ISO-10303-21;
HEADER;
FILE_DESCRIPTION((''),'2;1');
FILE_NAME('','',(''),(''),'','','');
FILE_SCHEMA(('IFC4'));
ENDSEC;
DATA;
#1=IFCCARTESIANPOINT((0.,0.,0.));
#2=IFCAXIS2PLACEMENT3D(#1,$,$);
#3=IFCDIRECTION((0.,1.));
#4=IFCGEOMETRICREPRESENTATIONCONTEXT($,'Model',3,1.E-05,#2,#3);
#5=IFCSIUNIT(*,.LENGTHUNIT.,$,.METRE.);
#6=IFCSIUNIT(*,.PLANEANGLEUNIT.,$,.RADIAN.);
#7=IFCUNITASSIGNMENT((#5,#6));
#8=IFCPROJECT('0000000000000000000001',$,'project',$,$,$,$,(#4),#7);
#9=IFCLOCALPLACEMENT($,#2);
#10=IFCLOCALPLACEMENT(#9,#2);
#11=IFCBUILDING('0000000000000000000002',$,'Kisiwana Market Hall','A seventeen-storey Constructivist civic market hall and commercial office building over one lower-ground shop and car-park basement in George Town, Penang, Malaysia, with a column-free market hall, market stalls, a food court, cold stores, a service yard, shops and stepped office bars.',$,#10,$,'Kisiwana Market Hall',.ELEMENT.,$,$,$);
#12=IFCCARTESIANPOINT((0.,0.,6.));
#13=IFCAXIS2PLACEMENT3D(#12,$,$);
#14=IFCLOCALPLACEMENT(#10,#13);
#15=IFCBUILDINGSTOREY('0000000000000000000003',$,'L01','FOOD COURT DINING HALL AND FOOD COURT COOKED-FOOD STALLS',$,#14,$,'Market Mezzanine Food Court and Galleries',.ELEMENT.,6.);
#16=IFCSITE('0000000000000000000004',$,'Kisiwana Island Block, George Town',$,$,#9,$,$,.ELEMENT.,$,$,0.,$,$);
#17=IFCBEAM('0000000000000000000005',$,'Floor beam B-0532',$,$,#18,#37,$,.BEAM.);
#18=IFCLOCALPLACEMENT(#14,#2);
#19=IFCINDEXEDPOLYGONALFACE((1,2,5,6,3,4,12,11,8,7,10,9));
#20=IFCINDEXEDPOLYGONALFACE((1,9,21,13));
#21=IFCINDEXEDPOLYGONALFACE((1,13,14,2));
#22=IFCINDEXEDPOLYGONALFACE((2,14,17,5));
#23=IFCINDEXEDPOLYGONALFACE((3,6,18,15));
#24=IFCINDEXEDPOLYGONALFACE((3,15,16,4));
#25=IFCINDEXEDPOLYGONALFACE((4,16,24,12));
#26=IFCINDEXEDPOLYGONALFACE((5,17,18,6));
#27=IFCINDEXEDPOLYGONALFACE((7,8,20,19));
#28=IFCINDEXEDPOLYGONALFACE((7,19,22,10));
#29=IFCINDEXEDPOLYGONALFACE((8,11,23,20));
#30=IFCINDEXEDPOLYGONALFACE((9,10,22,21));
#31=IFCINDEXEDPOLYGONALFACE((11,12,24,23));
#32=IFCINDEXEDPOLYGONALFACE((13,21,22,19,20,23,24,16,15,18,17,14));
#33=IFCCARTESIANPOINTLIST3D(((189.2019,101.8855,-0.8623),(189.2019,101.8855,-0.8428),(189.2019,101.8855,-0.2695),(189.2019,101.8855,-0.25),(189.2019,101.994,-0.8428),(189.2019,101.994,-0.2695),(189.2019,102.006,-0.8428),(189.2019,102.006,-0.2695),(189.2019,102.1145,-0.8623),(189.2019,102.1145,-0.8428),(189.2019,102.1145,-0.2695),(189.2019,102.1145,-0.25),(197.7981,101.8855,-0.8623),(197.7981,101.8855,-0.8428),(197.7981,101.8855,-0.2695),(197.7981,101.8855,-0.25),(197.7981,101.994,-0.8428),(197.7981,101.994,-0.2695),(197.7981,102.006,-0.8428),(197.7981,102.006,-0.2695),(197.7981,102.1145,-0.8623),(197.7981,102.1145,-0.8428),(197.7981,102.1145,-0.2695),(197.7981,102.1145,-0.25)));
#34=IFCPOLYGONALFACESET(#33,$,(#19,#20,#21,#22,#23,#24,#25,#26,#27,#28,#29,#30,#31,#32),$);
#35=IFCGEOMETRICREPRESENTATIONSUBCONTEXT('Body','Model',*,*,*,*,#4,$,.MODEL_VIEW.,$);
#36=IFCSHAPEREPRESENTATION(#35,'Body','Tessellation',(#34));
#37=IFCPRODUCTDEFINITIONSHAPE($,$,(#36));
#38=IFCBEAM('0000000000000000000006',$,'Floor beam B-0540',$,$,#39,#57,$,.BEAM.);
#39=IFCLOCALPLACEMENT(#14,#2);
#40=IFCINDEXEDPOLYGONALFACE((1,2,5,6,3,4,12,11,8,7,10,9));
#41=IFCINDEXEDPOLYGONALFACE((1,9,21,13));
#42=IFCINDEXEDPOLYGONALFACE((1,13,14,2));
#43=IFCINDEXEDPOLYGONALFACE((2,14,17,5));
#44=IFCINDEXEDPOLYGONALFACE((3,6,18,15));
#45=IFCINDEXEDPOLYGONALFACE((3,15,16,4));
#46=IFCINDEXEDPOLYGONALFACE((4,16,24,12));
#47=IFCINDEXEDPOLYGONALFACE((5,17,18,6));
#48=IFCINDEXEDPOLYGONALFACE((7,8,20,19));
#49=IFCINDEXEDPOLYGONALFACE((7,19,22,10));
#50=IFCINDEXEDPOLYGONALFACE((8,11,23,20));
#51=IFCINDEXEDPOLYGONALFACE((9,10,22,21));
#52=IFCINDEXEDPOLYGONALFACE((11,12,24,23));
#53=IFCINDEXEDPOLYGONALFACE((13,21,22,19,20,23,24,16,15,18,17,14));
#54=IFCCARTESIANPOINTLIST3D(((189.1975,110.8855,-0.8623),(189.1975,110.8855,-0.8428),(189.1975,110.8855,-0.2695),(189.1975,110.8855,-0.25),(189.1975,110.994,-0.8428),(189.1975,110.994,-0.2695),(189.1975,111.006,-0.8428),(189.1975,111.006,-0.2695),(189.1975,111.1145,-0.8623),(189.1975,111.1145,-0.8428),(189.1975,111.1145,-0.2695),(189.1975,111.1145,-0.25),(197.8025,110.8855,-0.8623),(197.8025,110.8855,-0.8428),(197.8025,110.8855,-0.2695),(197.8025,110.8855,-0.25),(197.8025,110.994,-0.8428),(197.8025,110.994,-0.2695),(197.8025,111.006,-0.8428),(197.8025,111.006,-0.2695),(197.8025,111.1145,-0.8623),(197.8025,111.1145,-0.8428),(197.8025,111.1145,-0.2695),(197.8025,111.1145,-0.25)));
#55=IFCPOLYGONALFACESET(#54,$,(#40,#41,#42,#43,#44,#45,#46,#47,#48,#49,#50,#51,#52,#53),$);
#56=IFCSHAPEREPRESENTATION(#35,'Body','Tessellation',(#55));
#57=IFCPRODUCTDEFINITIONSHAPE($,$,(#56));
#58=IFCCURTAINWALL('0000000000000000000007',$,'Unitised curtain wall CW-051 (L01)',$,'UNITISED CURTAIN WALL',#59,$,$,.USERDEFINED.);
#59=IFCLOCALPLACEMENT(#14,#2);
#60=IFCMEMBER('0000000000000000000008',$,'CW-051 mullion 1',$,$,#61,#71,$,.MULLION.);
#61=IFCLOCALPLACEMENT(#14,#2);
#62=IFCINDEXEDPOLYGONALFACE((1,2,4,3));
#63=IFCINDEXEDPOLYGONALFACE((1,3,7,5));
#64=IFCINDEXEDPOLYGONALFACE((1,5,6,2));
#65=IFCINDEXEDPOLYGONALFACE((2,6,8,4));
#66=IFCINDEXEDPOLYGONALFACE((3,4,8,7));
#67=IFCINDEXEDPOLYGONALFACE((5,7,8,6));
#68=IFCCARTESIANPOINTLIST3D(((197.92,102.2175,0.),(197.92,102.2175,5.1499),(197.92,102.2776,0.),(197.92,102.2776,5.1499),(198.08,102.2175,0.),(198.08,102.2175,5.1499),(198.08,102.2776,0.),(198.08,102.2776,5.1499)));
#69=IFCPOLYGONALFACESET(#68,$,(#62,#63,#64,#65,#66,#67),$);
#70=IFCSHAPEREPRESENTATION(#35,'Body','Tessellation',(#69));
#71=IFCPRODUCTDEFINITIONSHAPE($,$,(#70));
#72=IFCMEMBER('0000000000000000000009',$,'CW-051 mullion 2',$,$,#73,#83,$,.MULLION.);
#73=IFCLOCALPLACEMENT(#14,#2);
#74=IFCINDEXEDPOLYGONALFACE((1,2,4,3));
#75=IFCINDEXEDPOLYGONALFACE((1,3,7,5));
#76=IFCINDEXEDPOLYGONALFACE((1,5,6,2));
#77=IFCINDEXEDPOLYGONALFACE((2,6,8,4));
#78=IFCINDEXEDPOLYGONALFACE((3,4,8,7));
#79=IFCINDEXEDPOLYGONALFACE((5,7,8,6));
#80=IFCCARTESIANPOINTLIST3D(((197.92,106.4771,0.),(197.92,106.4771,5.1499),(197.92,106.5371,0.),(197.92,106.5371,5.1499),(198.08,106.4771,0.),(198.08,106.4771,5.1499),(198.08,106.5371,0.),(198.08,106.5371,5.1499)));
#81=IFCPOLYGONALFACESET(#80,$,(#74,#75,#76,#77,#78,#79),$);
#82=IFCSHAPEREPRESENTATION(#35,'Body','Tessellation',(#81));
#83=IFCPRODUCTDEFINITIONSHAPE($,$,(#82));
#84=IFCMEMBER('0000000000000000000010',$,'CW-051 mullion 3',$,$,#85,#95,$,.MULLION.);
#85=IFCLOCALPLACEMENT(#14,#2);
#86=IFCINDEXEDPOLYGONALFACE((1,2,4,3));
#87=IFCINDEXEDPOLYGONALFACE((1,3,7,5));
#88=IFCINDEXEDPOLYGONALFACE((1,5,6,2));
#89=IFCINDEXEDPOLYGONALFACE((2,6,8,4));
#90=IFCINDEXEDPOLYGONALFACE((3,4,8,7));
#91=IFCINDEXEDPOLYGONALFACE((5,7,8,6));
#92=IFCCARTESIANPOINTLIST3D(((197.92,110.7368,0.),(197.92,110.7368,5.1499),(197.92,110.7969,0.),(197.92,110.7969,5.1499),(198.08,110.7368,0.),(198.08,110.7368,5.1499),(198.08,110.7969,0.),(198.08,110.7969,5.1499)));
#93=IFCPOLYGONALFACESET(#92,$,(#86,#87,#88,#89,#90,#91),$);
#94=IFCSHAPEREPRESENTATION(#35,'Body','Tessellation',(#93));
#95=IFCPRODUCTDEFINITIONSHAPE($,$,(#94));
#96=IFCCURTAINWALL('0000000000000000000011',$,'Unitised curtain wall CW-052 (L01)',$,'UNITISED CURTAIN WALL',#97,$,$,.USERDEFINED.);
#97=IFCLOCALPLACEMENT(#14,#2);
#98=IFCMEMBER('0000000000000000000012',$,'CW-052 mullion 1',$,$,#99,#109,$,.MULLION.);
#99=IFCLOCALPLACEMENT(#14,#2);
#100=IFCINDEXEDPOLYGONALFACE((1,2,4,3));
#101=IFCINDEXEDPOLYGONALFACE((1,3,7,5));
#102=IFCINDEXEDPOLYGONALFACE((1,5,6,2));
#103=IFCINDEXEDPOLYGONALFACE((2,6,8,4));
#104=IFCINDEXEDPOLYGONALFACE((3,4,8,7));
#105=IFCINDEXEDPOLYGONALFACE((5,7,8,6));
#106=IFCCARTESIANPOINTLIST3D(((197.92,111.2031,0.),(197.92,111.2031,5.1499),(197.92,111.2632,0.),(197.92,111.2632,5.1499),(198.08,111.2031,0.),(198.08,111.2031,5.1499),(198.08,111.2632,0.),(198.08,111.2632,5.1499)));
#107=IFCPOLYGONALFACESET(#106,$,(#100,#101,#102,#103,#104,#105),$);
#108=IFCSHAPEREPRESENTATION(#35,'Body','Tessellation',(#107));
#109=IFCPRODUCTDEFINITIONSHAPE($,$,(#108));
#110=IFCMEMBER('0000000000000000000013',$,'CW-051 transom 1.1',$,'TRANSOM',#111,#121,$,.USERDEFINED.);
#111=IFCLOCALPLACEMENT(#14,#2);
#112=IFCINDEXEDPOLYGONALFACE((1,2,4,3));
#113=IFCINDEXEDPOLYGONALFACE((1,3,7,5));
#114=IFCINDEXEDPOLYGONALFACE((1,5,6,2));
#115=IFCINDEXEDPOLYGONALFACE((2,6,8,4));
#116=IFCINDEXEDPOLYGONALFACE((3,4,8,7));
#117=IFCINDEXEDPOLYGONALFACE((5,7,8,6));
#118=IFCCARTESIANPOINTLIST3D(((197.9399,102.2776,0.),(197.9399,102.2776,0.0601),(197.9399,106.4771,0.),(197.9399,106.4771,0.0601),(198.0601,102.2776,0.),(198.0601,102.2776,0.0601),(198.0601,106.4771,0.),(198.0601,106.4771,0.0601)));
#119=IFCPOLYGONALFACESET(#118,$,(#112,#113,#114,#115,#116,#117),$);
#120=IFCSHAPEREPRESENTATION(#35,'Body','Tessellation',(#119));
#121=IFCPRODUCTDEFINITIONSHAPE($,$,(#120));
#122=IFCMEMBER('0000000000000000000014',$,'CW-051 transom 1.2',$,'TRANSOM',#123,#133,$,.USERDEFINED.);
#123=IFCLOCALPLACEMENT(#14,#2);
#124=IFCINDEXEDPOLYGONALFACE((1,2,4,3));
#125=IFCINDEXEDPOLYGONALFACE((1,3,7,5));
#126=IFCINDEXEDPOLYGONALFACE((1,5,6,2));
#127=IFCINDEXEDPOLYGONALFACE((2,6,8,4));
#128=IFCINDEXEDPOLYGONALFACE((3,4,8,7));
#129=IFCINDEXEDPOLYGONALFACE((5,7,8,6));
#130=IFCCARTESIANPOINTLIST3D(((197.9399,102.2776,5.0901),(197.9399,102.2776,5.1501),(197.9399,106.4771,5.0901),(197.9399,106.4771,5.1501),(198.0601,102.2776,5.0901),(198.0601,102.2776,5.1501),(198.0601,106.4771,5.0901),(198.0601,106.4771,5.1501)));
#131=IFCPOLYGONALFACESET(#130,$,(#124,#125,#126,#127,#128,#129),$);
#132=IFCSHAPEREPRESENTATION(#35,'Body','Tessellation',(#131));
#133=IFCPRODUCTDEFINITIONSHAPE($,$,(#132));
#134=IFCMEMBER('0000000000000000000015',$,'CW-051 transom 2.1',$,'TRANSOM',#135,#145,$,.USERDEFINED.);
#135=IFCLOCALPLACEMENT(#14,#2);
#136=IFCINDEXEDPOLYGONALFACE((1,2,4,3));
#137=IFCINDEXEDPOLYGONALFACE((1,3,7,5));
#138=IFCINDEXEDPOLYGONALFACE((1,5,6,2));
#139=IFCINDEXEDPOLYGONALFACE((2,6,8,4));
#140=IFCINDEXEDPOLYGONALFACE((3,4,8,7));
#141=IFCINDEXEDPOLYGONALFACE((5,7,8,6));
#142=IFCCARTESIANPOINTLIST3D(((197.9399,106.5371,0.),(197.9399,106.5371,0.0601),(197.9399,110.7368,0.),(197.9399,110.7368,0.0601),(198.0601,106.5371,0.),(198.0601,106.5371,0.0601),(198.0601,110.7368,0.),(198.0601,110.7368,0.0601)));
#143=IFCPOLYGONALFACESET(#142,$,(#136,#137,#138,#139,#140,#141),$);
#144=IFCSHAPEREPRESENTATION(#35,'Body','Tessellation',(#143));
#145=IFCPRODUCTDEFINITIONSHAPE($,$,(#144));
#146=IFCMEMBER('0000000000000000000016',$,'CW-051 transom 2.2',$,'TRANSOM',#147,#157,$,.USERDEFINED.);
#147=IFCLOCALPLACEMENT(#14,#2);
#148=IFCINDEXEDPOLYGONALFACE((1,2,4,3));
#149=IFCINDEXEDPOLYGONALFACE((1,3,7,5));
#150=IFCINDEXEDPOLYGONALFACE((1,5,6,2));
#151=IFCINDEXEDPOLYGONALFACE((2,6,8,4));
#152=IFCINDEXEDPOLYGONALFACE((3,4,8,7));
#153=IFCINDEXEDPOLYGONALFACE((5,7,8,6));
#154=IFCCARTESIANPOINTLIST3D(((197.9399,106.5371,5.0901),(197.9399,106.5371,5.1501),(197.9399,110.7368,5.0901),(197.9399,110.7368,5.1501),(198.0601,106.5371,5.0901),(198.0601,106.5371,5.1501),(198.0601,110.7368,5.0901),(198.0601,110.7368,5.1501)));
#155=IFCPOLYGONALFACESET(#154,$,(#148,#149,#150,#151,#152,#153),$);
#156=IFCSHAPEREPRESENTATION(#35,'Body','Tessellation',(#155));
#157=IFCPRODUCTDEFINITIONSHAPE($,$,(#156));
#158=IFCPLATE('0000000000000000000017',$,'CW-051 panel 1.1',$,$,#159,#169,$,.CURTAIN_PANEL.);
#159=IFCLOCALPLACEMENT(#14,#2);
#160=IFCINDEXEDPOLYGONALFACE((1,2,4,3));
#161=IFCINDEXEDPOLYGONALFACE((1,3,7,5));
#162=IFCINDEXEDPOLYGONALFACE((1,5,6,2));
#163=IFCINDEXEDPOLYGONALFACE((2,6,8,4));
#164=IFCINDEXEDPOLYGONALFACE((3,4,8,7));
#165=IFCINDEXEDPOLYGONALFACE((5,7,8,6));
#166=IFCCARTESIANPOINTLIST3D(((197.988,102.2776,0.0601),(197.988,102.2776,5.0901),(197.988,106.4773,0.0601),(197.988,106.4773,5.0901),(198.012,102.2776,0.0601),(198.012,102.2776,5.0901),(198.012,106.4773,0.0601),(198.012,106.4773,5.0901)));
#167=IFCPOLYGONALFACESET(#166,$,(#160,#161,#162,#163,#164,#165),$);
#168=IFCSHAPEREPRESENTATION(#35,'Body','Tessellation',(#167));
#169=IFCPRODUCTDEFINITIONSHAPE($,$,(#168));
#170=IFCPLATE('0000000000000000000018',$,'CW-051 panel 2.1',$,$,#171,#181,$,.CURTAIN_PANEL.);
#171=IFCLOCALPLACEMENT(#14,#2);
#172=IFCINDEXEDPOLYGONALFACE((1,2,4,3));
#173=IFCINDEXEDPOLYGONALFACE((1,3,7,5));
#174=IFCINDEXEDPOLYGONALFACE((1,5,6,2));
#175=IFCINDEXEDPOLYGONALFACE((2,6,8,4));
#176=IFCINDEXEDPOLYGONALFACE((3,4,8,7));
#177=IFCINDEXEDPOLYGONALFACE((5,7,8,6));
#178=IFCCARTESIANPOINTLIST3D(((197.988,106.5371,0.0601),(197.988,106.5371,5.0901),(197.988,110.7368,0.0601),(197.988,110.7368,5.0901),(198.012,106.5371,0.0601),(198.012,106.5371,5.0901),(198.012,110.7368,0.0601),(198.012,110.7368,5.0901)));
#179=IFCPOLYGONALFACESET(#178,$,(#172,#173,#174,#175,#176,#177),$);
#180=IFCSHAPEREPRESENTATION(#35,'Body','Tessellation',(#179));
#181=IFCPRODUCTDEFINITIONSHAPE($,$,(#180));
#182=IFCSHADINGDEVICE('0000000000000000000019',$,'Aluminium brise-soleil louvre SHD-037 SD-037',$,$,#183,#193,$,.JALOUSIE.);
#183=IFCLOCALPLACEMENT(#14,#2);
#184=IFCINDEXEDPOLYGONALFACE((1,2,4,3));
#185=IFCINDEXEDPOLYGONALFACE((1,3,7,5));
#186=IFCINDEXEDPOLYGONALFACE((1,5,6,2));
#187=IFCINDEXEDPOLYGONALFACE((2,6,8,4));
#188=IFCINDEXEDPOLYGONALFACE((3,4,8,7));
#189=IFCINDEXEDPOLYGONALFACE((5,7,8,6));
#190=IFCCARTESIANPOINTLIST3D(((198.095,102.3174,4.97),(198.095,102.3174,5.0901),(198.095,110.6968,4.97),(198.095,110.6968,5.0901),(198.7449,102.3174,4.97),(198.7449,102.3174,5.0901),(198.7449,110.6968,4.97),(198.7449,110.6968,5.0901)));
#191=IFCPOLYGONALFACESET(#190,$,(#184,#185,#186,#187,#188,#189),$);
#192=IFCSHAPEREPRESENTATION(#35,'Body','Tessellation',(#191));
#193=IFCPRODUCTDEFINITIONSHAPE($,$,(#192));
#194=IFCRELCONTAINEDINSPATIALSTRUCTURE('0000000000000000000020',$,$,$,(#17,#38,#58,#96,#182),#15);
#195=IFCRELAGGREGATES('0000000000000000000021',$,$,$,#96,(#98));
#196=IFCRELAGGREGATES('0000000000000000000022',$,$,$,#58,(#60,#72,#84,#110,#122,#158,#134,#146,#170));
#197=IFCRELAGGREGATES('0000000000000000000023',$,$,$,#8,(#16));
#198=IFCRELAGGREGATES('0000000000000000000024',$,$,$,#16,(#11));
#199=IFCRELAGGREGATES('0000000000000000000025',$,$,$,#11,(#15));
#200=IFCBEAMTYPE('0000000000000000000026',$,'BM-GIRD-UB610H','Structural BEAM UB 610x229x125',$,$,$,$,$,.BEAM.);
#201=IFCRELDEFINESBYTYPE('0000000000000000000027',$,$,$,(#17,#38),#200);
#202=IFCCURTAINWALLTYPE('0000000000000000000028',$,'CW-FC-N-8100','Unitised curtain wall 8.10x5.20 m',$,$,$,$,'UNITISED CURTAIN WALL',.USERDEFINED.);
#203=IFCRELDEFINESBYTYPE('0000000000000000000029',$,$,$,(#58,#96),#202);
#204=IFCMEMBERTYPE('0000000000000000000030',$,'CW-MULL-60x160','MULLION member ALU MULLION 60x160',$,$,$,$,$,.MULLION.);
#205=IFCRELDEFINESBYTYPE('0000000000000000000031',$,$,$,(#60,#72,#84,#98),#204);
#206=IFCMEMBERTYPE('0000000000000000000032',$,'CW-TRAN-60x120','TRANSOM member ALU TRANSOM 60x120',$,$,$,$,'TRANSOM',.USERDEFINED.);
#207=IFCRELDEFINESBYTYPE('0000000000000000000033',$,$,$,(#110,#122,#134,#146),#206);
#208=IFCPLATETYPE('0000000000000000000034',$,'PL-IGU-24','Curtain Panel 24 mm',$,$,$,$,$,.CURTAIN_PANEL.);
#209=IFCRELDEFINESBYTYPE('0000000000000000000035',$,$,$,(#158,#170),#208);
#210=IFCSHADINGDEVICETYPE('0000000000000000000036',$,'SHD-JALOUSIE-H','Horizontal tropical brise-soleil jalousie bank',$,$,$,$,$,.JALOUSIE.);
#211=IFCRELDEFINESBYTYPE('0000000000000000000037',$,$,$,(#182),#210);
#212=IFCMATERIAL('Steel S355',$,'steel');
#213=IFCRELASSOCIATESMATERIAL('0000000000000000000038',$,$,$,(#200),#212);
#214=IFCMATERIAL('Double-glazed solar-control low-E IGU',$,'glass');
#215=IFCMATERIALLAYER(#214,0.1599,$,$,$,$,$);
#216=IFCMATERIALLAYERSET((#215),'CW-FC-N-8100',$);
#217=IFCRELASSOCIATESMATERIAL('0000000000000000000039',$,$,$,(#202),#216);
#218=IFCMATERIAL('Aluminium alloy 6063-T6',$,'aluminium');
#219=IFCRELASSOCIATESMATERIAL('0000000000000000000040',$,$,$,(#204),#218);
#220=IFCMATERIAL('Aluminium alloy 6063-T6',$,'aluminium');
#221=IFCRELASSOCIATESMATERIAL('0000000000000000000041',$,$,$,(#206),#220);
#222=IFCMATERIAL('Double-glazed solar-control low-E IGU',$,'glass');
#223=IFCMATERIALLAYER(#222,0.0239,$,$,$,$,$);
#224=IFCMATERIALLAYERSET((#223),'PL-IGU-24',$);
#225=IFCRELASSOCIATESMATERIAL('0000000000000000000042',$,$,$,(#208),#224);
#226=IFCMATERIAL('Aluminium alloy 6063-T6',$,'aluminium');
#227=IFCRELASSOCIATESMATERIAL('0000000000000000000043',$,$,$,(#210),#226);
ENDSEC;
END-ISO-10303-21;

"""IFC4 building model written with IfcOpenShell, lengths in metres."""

from ifc_helpers import new_model, si_unit, direction, frame, origin, origin_2d, place, context, subcontext, project, spatial, rectangle, i_section, extrude, material, layer, layer_set, material_profile, profile_set, type_object, element, aggregate, save


model = new_model("IFC4")

# Units and contexts
model_context = context("Model", 3, precision=1e-05, world=origin(), true_north=direction((0.0, 1.0)))
body_context = subcontext(model_context, "Body", "Model", "MODEL_VIEW")
ifc_project = project(units=[si_unit("LENGTHUNIT", "METRE"), si_unit("PLANEANGLEUNIT", "RADIAN")], contexts=[model_context])

# Site, building, storey
site_placement = place(None, origin())
site = spatial("IfcSite", under=ifc_project, at=site_placement, Name="Kisiwana Island Block, George Town", CompositionType="ELEMENT", RefElevation=0.0)
building_placement = place(site_placement, origin())
building = spatial("IfcBuilding", under=site, at=building_placement, Name="Kisiwana Market Hall", Description="A seventeen-storey Constructivist civic market hall and commercial office building over one lower-ground shop and car-park basement in George Town, Penang, Malaysia, with a column-free market hall, market stalls, a food court, cold stores, a service yard, shops and stepped office bars.", LongName="Kisiwana Market Hall", CompositionType="ELEMENT")
storey_placement = place(building_placement, frame((0.0, 0.0, 6.0)))
storey = spatial("IfcBuildingStorey", under=building, at=storey_placement, Name="L01", Description="FOOD COURT DINING HALL AND FOOD COURT COOKED-FOOD STALLS", LongName="Market Mezzanine Food Court and Galleries", CompositionType="ELEMENT", Elevation=6.0)

# Beams
ifc_material_1 = material(Name="Steel S355", Category="steel")
ifc_material_profile_1 = material_profile(ifc_material_1, i_section(OverallWidth=0.229, OverallDepth=0.6123, WebThickness=0.012, FlangeThickness=0.0195, at=origin_2d()), Name="UB 610x229x125")
ifc_profile_set_1 = profile_set([ifc_material_profile_1], Name="Steel S355")
beam_type_1 = type_object("IfcBeamType", Name="BM-GIRD-UB610H", Description="Structural BEAM UB 610x229x125", PredefinedType="BEAM", material=ifc_profile_set_1)
beam_1_placement = place(storey_placement, frame((189.2019, 102.0, -0.5562), z_axis=(1.0, 0.0, 0.0), x_axis=(0.0, 1.0, 0.0)))
element("IfcBeam", 1, at=beam_1_placement, inside=storey, type_object=beam_type_1, Name="Floor beam B-0532", PredefinedType="BEAM", context=body_context, shape_type="SweptSolid", body=[
    extrude(i_section(OverallWidth=0.229, OverallDepth=0.6123, WebThickness=0.012, FlangeThickness=0.0195, at=origin_2d()), origin(), (0.0, 0.0, 1.0), 8.5962),
])
beam_2_placement = place(storey_placement, frame((189.1975, 111.0, -0.5562), z_axis=(1.0, 0.0, 0.0), x_axis=(0.0, 1.0, 0.0)))
element("IfcBeam", 2, at=beam_2_placement, inside=storey, type_object=beam_type_1, Name="Floor beam B-0540", PredefinedType="BEAM", context=body_context, shape_type="SweptSolid", body=[
    extrude(i_section(OverallWidth=0.229, OverallDepth=0.6123, WebThickness=0.012, FlangeThickness=0.0195, at=origin_2d()), origin(), (0.0, 0.0, 1.0), 8.605),
])

# Curtain wall, members
ifc_material_2 = material(Name="Double-glazed solar-control low-E IGU", Category="glass")
ifc_layer_1 = layer(ifc_material_2, 0.1599)
ifc_layer_set_1 = layer_set([ifc_layer_1], Name="CW-FC-N-8100")
curtain_wall_type = type_object("IfcCurtainWallType", Name="CW-FC-N-8100", Description="Unitised curtain wall 8.10x5.20 m", ElementType="UNITISED CURTAIN WALL", PredefinedType="USERDEFINED", material=ifc_layer_set_1)
curtain_wall_1_placement = place(storey_placement, origin())
curtain_wall_1 = element("IfcCurtainWall", 3, at=curtain_wall_1_placement, inside=storey, type_object=curtain_wall_type, Name="Unitised curtain wall CW-051 (L01)", ObjectType="UNITISED CURTAIN WALL", PredefinedType="USERDEFINED")
ifc_material_3 = material(Name="Aluminium alloy 6063-T6", Category="aluminium")
ifc_material_profile_2 = material_profile(ifc_material_3, rectangle(XDim=0.0601, YDim=0.1599, at=origin_2d()), Name="ALU MULLION 60x160")
ifc_profile_set_2 = profile_set([ifc_material_profile_2], Name="Aluminium alloy 6063-T6")
member_type_1 = type_object("IfcMemberType", Name="CW-MULL-60x160", Description="MULLION member ALU MULLION 60x160", PredefinedType="MULLION", material=ifc_profile_set_2)
member_1_placement = place(storey_placement, frame((198.0, 102.2476, 0.0), z_axis=(0.0, 0.0, 1.0), x_axis=(0.0, 1.0, 0.0)))
member_1 = element("IfcMember", 4, at=member_1_placement, type_object=member_type_1, Name="CW-051 mullion 1", PredefinedType="MULLION", context=body_context, shape_type="SweptSolid", body=[
    extrude(rectangle(XDim=0.0601, YDim=0.1599, at=origin_2d()), origin(), (0.0, 0.0, 1.0), 5.1499),
])
member_2_placement = place(storey_placement, frame((198.0, 106.5071, 0.0), z_axis=(0.0, 0.0, 1.0), x_axis=(0.0, 1.0, 0.0)))
member_2 = element("IfcMember", 5, at=member_2_placement, type_object=member_type_1, Name="CW-051 mullion 2", PredefinedType="MULLION", context=body_context, shape_type="SweptSolid", body=[
    extrude(rectangle(XDim=0.0601, YDim=0.1599, at=origin_2d()), origin(), (0.0, 0.0, 1.0), 5.1499),
])
member_3_placement = place(storey_placement, frame((198.0, 110.7668, 0.0), z_axis=(0.0, 0.0, 1.0), x_axis=(0.0, 1.0, 0.0)))
member_3 = element("IfcMember", 6, at=member_3_placement, type_object=member_type_1, Name="CW-051 mullion 3", PredefinedType="MULLION", context=body_context, shape_type="SweptSolid", body=[
    extrude(rectangle(XDim=0.0601, YDim=0.1599, at=origin_2d()), origin(), (0.0, 0.0, 1.0), 5.1499),
])

# Curtain wall, member
curtain_wall_2_placement = place(storey_placement, origin())
curtain_wall_2 = element("IfcCurtainWall", 7, at=curtain_wall_2_placement, inside=storey, type_object=curtain_wall_type, Name="Unitised curtain wall CW-052 (L01)", ObjectType="UNITISED CURTAIN WALL", PredefinedType="USERDEFINED")
member_4_placement = place(storey_placement, frame((198.0, 111.2332, 0.0), z_axis=(0.0, 0.0, 1.0), x_axis=(0.0, 1.0, 0.0)))
member_4 = element("IfcMember", 8, at=member_4_placement, type_object=member_type_1, Name="CW-052 mullion 1", PredefinedType="MULLION", context=body_context, shape_type="SweptSolid", body=[
    extrude(rectangle(XDim=0.0601, YDim=0.1599, at=origin_2d()), origin(), (0.0, 0.0, 1.0), 5.1499),
])
aggregate(curtain_wall_2, [member_4])

# Members
ifc_material_4 = material(Name="Aluminium alloy 6063-T6", Category="aluminium")
ifc_material_profile_3 = material_profile(ifc_material_4, rectangle(XDim=0.1201, YDim=0.0601, at=origin_2d()), Name="ALU TRANSOM 60x120")
ifc_profile_set_3 = profile_set([ifc_material_profile_3], Name="Aluminium alloy 6063-T6")
member_type_2 = type_object("IfcMemberType", Name="CW-TRAN-60x120", Description="TRANSOM member ALU TRANSOM 60x120", ElementType="TRANSOM", PredefinedType="USERDEFINED", material=ifc_profile_set_3)
member_5_placement = place(storey_placement, frame((198.0, 102.2776, 0.03), z_axis=(0.0, 1.0, 0.0), x_axis=(-1.0, 0.0, 0.0)))
member_5 = element("IfcMember", 9, at=member_5_placement, type_object=member_type_2, Name="CW-051 transom 1.1", ObjectType="TRANSOM", PredefinedType="USERDEFINED", context=body_context, shape_type="SweptSolid", body=[
    extrude(rectangle(XDim=0.1201, YDim=0.0601, at=origin_2d()), origin(), (0.0, 0.0, 1.0), 4.1995),
])
member_6_placement = place(storey_placement, frame((198.0, 102.2776, 5.1201), z_axis=(0.0, 1.0, 0.0), x_axis=(-1.0, 0.0, 0.0)))
member_6 = element("IfcMember", 10, at=member_6_placement, type_object=member_type_2, Name="CW-051 transom 1.2", ObjectType="TRANSOM", PredefinedType="USERDEFINED", context=body_context, shape_type="SweptSolid", body=[
    extrude(rectangle(XDim=0.1201, YDim=0.0601, at=origin_2d()), origin(), (0.0, 0.0, 1.0), 4.1995),
])
member_7_placement = place(storey_placement, frame((198.0, 106.5371, 0.03), z_axis=(0.0, 1.0, 0.0), x_axis=(-1.0, 0.0, 0.0)))
member_7 = element("IfcMember", 11, at=member_7_placement, type_object=member_type_2, Name="CW-051 transom 2.1", ObjectType="TRANSOM", PredefinedType="USERDEFINED", context=body_context, shape_type="SweptSolid", body=[
    extrude(rectangle(XDim=0.1201, YDim=0.0601, at=origin_2d()), origin(), (0.0, 0.0, 1.0), 4.1997),
])
member_8_placement = place(storey_placement, frame((198.0, 106.5371, 5.1201), z_axis=(0.0, 1.0, 0.0), x_axis=(-1.0, 0.0, 0.0)))
member_8 = element("IfcMember", 12, at=member_8_placement, type_object=member_type_2, Name="CW-051 transom 2.2", ObjectType="TRANSOM", PredefinedType="USERDEFINED", context=body_context, shape_type="SweptSolid", body=[
    extrude(rectangle(XDim=0.1201, YDim=0.0601, at=origin_2d()), origin(), (0.0, 0.0, 1.0), 4.1997),
])

# Plates
ifc_material_5 = material(Name="Double-glazed solar-control low-E IGU", Category="glass")
ifc_layer_2 = layer(ifc_material_5, 0.0239)
ifc_layer_set_2 = layer_set([ifc_layer_2], Name="PL-IGU-24")
plate_type = type_object("IfcPlateType", Name="PL-IGU-24", Description="Curtain Panel 24 mm", PredefinedType="CURTAIN_PANEL", material=ifc_layer_set_2)
plate_1_placement = place(storey_placement, frame((198.0, 104.3774, 0.0601), z_axis=(0.0, 0.0, 1.0), x_axis=(0.0, 1.0, 0.0)))
plate_1 = element("IfcPlate", 13, at=plate_1_placement, type_object=plate_type, Name="CW-051 panel 1.1", PredefinedType="CURTAIN_PANEL", context=body_context, shape_type="SweptSolid", body=[
    extrude(rectangle(XDim=4.1997, YDim=0.0239, at=origin_2d()), origin(), (0.0, 0.0, 1.0), 5.03),
])
plate_2_placement = place(storey_placement, frame((198.0, 108.637, 0.0601), z_axis=(0.0, 0.0, 1.0), x_axis=(0.0, 1.0, 0.0)))
plate_2 = element("IfcPlate", 14, at=plate_2_placement, type_object=plate_type, Name="CW-051 panel 2.1", PredefinedType="CURTAIN_PANEL", context=body_context, shape_type="SweptSolid", body=[
    extrude(rectangle(XDim=4.1997, YDim=0.0239, at=origin_2d()), origin(), (0.0, 0.0, 1.0), 5.03),
])
aggregate(curtain_wall_1, [member_1, member_2, member_3, member_5, member_6, plate_1, member_7, member_8, plate_2])

# Shading device
ifc_material_6 = material(Name="Aluminium alloy 6063-T6", Category="aluminium")
shading_device_type = type_object("IfcShadingDeviceType", Name="SHD-JALOUSIE-H", Description="Horizontal tropical brise-soleil jalousie bank", PredefinedType="JALOUSIE", material=ifc_material_6)
shading_device_placement = place(storey_placement, frame((198.4199, 106.5071, 4.97), z_axis=(0.0, 0.0, 1.0), x_axis=(0.0, 1.0, 0.0)))
element("IfcShadingDevice", 15, at=shading_device_placement, inside=storey, type_object=shading_device_type, Name="Aluminium brise-soleil louvre SHD-037 SD-037", PredefinedType="JALOUSIE", context=body_context, shape_type="SweptSolid", body=[
    extrude(rectangle(XDim=8.3794, YDim=0.6499, at=origin_2d()), origin(), (0.0, 0.0, 1.0), 0.1201),
])

save(model, "model.ifc")
